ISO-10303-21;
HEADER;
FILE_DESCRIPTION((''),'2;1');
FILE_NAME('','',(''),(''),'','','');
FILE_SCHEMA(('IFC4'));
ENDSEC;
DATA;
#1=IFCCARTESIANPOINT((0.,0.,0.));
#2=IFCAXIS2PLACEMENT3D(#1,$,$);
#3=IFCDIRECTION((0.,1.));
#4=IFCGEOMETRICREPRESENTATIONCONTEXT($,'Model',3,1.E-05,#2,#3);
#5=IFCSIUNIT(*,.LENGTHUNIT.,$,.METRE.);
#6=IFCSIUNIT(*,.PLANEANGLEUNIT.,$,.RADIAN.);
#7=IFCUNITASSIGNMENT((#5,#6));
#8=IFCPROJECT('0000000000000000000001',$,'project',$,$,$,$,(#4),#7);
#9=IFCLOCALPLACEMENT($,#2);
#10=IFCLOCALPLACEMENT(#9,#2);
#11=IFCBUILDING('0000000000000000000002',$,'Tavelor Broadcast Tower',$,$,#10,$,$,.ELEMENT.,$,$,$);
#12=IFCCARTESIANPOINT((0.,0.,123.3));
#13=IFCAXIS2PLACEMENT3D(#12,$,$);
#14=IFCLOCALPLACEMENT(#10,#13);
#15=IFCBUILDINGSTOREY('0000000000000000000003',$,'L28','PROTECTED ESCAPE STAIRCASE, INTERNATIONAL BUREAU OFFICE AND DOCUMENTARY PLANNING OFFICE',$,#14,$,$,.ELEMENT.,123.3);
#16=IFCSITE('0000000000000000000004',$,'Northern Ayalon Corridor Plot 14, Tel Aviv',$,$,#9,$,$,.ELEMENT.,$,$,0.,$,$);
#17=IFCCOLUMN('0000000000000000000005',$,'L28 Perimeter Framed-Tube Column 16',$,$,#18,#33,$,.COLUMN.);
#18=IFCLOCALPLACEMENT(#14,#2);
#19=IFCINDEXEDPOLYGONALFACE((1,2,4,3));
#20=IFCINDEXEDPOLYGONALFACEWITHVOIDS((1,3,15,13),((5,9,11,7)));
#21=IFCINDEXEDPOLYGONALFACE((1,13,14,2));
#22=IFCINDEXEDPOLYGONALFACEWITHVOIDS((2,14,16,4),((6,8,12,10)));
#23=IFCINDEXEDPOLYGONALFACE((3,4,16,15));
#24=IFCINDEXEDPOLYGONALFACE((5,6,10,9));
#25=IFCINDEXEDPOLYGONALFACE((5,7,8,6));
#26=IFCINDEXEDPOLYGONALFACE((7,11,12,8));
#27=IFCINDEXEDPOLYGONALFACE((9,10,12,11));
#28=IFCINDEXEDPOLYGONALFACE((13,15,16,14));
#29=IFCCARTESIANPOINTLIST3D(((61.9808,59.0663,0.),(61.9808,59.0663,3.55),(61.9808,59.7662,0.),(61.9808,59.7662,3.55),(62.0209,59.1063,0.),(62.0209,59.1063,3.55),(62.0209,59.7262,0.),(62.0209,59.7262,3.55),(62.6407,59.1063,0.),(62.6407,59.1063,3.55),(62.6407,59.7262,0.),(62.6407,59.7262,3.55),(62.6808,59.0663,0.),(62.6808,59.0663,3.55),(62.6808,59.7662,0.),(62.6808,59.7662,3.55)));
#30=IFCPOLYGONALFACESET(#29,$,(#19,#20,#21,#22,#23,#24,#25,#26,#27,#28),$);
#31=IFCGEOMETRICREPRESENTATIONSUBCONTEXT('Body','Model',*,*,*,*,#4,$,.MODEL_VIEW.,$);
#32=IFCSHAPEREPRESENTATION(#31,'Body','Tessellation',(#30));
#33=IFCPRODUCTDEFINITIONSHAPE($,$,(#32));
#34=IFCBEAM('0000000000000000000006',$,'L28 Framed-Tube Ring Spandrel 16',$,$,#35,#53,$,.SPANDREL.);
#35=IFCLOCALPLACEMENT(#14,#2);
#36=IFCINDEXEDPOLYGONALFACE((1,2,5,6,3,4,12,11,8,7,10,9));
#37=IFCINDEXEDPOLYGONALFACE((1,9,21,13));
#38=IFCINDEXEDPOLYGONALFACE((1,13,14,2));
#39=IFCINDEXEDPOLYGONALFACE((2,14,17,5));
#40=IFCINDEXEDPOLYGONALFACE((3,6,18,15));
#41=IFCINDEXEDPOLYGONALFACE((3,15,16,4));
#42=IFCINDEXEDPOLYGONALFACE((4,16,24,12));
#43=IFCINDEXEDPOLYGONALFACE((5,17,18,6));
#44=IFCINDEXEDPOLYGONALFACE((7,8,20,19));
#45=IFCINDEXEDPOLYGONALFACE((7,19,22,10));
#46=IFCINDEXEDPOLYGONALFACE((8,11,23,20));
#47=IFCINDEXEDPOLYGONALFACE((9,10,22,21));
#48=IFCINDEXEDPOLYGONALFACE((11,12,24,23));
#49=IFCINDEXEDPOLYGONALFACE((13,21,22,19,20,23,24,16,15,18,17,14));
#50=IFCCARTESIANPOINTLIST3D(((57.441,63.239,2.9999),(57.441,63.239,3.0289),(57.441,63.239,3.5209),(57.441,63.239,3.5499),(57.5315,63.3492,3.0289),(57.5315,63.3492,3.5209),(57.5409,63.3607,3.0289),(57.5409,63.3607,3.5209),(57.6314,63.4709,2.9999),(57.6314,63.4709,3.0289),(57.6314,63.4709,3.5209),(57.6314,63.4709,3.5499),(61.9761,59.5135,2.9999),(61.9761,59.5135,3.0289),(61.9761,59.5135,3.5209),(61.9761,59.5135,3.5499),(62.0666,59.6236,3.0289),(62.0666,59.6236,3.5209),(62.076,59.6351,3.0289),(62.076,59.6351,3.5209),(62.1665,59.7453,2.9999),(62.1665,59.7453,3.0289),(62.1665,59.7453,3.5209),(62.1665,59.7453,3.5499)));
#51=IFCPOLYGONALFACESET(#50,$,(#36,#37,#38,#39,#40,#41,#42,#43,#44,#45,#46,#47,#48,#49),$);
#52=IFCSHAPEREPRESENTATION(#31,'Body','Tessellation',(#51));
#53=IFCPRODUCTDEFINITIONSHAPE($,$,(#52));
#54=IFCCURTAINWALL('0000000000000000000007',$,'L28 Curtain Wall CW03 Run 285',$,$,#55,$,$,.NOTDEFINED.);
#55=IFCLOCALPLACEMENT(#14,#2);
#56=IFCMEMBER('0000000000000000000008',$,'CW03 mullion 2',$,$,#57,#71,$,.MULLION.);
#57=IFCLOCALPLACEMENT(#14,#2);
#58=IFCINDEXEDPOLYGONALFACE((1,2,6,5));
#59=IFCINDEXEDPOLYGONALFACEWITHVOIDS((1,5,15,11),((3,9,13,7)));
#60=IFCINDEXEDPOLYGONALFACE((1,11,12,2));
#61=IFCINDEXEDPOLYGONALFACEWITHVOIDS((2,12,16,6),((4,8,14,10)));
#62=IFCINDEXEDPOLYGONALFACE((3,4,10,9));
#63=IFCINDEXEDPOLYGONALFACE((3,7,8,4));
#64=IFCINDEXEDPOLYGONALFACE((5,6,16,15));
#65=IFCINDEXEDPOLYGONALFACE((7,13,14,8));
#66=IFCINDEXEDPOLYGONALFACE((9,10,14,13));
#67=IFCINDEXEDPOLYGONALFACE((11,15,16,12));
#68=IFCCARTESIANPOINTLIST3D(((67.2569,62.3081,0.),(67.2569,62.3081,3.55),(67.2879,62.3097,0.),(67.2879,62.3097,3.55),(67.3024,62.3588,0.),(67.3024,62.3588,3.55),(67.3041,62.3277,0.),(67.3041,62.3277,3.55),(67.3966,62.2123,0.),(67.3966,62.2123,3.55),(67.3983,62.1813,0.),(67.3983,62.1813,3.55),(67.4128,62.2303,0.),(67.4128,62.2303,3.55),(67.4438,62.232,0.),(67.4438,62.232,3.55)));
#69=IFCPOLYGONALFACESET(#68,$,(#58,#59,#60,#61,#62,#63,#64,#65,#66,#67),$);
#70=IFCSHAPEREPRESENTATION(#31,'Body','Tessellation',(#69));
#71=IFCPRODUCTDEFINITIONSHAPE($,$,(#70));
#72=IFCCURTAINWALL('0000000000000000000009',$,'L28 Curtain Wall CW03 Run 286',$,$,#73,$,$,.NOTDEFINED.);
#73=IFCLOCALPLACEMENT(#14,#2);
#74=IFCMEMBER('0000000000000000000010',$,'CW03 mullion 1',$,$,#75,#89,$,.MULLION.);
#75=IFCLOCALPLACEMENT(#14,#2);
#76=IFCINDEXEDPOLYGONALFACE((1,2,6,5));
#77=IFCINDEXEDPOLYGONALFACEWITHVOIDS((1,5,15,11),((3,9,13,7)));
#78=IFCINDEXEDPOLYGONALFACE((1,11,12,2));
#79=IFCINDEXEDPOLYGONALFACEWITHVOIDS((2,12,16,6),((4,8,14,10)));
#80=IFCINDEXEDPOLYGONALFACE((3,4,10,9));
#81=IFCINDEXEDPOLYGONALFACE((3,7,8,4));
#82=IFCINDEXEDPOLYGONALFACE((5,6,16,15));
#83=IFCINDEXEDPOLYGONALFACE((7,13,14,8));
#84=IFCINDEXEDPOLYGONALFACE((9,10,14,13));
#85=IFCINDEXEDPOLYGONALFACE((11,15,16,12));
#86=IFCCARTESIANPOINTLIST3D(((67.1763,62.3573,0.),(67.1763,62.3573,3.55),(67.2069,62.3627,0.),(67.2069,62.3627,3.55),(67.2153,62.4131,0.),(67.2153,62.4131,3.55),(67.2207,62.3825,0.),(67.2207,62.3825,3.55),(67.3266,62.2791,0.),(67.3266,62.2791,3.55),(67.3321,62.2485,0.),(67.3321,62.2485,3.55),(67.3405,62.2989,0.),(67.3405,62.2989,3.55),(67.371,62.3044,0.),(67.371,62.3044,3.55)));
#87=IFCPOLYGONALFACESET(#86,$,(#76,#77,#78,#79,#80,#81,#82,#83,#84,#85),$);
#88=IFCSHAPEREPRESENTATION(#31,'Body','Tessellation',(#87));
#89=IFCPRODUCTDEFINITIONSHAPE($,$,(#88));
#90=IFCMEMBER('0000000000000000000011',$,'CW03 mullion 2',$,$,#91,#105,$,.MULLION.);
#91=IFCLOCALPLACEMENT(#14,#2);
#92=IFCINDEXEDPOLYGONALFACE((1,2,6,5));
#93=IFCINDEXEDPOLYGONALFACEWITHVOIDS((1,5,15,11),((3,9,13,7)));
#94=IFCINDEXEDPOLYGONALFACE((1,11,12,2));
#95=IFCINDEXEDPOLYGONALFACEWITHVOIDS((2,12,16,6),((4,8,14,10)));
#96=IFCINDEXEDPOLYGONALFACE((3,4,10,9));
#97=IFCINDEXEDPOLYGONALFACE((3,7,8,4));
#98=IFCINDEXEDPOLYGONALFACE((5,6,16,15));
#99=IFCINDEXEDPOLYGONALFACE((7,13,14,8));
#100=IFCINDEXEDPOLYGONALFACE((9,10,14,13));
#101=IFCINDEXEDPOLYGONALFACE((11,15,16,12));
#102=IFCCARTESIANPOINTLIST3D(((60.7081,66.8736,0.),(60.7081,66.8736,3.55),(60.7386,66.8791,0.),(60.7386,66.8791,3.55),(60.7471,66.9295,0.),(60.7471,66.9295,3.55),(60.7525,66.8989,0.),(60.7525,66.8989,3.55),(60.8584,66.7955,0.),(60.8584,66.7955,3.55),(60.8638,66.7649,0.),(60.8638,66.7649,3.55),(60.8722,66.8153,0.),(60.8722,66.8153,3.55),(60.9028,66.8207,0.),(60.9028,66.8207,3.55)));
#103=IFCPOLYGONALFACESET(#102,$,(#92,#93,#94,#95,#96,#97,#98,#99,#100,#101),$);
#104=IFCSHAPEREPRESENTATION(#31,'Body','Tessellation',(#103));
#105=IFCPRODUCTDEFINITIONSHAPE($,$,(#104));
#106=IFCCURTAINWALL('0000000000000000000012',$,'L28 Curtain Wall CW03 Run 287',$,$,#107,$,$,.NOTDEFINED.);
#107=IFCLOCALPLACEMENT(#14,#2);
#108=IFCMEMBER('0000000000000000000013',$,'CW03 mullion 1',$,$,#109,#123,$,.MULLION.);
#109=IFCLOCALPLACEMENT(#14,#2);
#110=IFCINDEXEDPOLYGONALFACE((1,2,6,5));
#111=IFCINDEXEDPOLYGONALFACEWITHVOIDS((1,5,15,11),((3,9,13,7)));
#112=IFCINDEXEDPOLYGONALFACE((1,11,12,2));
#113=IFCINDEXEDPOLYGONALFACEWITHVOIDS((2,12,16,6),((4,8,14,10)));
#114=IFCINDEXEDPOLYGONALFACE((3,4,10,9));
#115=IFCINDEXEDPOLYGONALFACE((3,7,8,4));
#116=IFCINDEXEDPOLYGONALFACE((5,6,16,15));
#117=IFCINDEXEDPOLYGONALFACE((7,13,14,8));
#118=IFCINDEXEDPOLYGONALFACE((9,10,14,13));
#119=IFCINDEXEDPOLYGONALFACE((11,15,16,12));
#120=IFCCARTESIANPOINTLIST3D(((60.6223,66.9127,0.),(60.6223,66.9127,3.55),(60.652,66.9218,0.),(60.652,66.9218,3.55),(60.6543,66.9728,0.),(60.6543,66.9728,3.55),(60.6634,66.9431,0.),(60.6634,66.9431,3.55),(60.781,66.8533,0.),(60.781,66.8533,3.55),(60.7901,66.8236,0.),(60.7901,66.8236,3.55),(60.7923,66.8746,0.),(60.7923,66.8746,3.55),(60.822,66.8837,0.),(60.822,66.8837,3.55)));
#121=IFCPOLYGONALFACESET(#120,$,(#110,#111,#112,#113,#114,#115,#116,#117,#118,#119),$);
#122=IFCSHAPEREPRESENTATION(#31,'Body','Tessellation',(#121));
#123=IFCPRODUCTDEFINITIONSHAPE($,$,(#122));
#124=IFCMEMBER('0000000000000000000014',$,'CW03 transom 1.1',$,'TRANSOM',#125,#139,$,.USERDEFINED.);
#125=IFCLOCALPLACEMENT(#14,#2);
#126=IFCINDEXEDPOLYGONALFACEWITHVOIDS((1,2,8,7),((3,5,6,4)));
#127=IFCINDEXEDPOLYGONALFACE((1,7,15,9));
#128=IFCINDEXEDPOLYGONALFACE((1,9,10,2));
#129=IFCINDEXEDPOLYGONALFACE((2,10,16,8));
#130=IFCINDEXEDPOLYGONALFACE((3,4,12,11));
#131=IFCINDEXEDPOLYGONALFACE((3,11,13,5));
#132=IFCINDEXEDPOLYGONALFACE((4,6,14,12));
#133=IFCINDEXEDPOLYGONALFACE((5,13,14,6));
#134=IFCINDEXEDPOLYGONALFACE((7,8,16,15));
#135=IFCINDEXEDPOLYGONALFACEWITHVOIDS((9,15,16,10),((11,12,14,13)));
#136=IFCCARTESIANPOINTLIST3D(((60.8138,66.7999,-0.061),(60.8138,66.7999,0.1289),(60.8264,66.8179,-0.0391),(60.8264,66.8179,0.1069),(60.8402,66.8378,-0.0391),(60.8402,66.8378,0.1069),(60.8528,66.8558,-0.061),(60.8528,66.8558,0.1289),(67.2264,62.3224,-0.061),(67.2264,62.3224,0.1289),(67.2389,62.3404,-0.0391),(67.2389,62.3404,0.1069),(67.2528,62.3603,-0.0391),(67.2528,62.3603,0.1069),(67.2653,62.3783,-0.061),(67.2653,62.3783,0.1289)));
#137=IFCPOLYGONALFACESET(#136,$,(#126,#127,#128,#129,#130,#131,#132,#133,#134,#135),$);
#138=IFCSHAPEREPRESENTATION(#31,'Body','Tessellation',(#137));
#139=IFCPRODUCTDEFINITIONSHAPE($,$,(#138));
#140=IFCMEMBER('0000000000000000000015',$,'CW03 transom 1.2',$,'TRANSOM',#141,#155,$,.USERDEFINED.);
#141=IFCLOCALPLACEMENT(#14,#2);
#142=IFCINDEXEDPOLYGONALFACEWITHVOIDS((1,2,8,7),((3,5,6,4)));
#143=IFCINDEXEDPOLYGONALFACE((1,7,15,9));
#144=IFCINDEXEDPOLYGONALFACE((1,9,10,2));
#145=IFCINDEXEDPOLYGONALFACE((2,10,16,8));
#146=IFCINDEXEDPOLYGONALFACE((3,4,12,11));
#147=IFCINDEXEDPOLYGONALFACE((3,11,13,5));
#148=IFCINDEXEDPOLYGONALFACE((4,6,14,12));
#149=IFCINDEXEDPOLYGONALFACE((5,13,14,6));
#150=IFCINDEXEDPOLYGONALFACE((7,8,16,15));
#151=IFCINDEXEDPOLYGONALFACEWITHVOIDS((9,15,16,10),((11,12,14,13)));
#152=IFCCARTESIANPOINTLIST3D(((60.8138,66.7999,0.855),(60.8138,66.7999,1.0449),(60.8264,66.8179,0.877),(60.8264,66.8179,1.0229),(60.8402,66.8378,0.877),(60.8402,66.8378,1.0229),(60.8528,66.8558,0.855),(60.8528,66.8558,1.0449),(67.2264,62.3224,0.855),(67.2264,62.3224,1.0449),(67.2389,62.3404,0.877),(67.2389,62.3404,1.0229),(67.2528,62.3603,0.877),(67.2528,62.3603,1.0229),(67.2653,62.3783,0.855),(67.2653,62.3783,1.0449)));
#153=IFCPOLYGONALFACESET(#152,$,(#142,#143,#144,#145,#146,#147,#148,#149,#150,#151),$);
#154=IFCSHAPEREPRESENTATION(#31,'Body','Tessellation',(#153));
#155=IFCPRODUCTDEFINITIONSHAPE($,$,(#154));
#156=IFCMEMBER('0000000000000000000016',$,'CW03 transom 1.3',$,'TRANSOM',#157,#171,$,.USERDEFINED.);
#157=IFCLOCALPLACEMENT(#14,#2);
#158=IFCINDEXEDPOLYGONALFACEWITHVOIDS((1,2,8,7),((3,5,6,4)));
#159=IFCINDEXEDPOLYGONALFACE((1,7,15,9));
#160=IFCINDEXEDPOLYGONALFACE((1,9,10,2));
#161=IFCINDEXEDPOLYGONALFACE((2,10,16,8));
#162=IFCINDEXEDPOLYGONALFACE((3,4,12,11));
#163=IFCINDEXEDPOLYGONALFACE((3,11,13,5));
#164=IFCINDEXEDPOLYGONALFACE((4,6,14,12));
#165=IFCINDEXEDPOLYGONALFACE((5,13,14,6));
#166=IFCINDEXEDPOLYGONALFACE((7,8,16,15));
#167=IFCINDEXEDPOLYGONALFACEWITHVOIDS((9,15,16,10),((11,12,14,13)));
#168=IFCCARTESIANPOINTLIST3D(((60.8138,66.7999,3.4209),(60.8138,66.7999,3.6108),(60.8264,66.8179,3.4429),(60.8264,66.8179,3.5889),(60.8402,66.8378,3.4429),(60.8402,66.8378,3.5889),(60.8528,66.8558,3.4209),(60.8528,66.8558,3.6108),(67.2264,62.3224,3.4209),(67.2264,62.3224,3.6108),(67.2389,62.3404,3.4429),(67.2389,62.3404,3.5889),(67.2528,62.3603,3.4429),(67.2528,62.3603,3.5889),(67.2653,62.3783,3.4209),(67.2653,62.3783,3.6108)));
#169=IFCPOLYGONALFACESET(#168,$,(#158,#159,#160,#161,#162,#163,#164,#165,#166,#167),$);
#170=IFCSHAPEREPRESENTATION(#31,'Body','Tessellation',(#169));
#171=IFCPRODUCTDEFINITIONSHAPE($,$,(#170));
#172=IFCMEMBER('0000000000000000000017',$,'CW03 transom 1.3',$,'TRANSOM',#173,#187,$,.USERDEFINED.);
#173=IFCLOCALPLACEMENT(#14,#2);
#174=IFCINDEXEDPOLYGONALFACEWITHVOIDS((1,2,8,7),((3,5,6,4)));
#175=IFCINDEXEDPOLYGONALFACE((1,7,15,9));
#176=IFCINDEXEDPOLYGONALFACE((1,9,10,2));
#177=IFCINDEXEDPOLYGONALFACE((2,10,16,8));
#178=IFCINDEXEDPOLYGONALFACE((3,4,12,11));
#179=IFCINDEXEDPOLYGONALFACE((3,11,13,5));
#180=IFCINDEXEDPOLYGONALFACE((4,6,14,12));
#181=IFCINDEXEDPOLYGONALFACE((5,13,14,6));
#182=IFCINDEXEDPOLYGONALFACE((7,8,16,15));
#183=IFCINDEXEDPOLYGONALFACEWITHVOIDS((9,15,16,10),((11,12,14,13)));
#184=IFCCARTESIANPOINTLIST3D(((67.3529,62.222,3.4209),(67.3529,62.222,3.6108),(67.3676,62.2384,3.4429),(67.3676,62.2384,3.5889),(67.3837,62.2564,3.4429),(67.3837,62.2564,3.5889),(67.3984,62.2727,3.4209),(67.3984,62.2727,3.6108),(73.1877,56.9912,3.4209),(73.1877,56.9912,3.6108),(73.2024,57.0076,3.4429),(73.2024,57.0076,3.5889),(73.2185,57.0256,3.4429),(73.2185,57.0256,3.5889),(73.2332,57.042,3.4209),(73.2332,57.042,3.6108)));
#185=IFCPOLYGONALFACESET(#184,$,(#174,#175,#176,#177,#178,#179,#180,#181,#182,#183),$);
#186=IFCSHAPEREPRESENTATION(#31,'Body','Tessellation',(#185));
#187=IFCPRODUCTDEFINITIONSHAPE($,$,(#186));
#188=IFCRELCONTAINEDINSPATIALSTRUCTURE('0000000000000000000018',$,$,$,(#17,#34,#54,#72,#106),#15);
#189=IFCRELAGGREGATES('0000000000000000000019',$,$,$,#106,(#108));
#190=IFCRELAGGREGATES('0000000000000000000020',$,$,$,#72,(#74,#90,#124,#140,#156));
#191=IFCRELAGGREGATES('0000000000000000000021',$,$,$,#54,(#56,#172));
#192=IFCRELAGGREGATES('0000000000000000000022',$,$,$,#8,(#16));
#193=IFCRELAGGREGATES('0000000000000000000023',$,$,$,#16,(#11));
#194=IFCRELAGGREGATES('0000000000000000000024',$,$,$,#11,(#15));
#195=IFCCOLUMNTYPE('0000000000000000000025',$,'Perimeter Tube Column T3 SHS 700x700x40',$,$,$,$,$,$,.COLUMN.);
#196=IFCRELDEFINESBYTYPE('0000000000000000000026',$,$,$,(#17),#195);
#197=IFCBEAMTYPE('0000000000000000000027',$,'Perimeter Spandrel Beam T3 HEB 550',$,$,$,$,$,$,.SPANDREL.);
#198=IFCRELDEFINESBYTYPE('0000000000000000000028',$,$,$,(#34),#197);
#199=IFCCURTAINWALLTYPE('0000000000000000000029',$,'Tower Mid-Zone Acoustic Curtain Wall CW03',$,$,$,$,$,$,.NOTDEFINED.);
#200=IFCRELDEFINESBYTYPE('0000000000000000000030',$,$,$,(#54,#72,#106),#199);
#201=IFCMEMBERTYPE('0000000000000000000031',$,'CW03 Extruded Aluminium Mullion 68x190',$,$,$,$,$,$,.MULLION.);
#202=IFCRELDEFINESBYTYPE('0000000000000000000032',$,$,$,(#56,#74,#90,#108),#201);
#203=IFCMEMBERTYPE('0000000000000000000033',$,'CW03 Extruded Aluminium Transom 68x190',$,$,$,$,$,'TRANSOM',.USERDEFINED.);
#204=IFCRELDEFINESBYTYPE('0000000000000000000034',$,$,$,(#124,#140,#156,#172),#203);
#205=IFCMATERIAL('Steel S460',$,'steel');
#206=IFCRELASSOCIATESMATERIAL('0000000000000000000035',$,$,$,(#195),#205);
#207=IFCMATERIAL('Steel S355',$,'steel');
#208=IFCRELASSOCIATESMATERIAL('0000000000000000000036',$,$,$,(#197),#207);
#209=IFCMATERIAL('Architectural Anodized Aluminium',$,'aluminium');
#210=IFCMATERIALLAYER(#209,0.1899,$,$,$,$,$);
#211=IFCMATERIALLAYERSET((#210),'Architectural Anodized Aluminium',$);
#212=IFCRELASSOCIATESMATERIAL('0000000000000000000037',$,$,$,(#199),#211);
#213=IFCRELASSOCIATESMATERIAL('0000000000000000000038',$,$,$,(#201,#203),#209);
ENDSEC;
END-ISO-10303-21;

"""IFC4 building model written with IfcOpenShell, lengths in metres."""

from ifc_helpers import new_model, si_unit, direction, frame, origin, origin_2d, place, context, subcontext, project, spatial, hollow_rectangle, i_section, extrude, source, transform, mapped, material, layer, layer_set, material_profile, profile_set, type_object, type_shapes, element, aggregate, save


model = new_model("IFC4")

# Units and contexts
model_context = context("Model", 3, precision=1e-05, world=origin(), true_north=direction((0.0, 1.0)))
body_context = subcontext(model_context, "Body", "Model", "MODEL_VIEW")
ifc_project = project(units=[si_unit("LENGTHUNIT", "METRE"), si_unit("PLANEANGLEUNIT", "RADIAN")], contexts=[model_context])

# Site, building, storey
site_placement = place(None, origin())
site = spatial("IfcSite", under=ifc_project, at=site_placement, Name="Northern Ayalon Corridor Plot 14, Tel Aviv", CompositionType="ELEMENT", RefElevation=0.0)
building_placement = place(site_placement, origin())
building = spatial("IfcBuilding", under=site, at=building_placement, Name="Tavelor Broadcast Tower", CompositionType="ELEMENT")
storey_placement = place(building_placement, frame((0.0, 0.0, 123.3)))
storey = spatial("IfcBuildingStorey", under=building, at=storey_placement, Name="L28", Description="PROTECTED ESCAPE STAIRCASE, INTERNATIONAL BUREAU OFFICE AND DOCUMENTARY PLANNING OFFICE", CompositionType="ELEMENT", Elevation=123.3)

# Column
ifc_material_1 = material(Name="Steel S460", Category="steel")
ifc_material_profile_1 = material_profile(ifc_material_1, hollow_rectangle(XDim=0.7, YDim=0.7, WallThickness=0.04, at=origin_2d()), Name="SHS 700x700x40")
ifc_profile_set_1 = profile_set([ifc_material_profile_1], Name="Steel S460")
column_type = type_object("IfcColumnType", Name="Perimeter Tube Column T3 SHS 700x700x40", PredefinedType="COLUMN", material=ifc_profile_set_1)
column_placement = place(storey_placement, frame((62.3308, 59.4163, 0.0), z_axis=(0.0, 0.0, 1.0), x_axis=(1.0, 0.0, 0.0)))
element("IfcColumn", 1, at=column_placement, inside=storey, type_object=column_type, Name="L28 Perimeter Framed-Tube Column 16", PredefinedType="COLUMN", context=body_context, shape_type="SweptSolid", body=[
    extrude(hollow_rectangle(XDim=0.7, YDim=0.7, WallThickness=0.04, at=origin_2d()), origin(), (0.0, 0.0, 1.0), 3.55),
])

# Beam
ifc_material_2 = material(Name="Steel S355", Category="steel")
ifc_material_profile_2 = material_profile(ifc_material_2, i_section(OverallWidth=0.3, OverallDepth=0.55, WebThickness=0.0149, FlangeThickness=0.0291, at=origin_2d()), Name="HEB 550")
ifc_profile_set_2 = profile_set([ifc_material_profile_2], Name="Steel S355")
beam_type = type_object("IfcBeamType", Name="Perimeter Spandrel Beam T3 HEB 550", PredefinedType="SPANDREL", material=ifc_profile_set_2)
beam_placement = place(storey_placement, frame((62.0713, 59.6294, 3.2749), z_axis=(-0.772703, 0.634768, 0.0), x_axis=(-0.634768, -0.772703, 0.0)))
element("IfcBeam", 2, at=beam_placement, inside=storey, type_object=beam_type, Name="L28 Framed-Tube Ring Spandrel 16", PredefinedType="SPANDREL", context=body_context, shape_type="SweptSolid", body=[
    extrude(i_section(OverallWidth=0.3, OverallDepth=0.55, WebThickness=0.0149, FlangeThickness=0.0291, at=origin_2d()), origin(), (0.0, 0.0, 1.0), 5.8691),
])

# Curtain wall, member
ifc_material_3 = material(Name="Architectural Anodized Aluminium", Category="aluminium")
ifc_layer_1 = layer(ifc_material_3, 0.1899)
ifc_layer_set_1 = layer_set([ifc_layer_1], Name="Architectural Anodized Aluminium")
curtain_wall_type = type_object("IfcCurtainWallType", Name="Tower Mid-Zone Acoustic Curtain Wall CW03", PredefinedType="NOTDEFINED", material=ifc_layer_set_1)
curtain_wall_1_placement = place(storey_placement, origin())
curtain_wall_1 = element("IfcCurtainWall", 3, at=curtain_wall_1_placement, inside=storey, type_object=curtain_wall_type, Name="L28 Curtain Wall CW03 Run 285", PredefinedType="NOTDEFINED")
ifc_material_profile_3 = material_profile(ifc_material_3, hollow_rectangle(XDim=0.0681, YDim=0.1899, WallThickness=0.022, at=origin_2d()), Name="RHS 68x190x22")
ifc_profile_set_3 = profile_set([ifc_material_profile_3], Name="Architectural Anodized Aluminium")
member_type_1 = type_object("IfcMemberType", Name="CW03 Extruded Aluminium Mullion 68x190", PredefinedType="MULLION", material=ifc_profile_set_3)
shared_shape_1 = source(origin(), body_context, "Body", "SweptSolid", [
    extrude(hollow_rectangle(XDim=0.0681, YDim=0.1899, WallThickness=0.022, at=origin_2d()), origin(), (0.0, 0.0, 1.0), 3.55),
])
type_shapes(member_type_1, [shared_shape_1])
member_1_placement = place(storey_placement, frame((67.3503, 62.27, 0.0), z_axis=(0.0, 0.0, 1.0), x_axis=(-0.667515, -0.744596, 0.0)))
member_1 = element("IfcMember", 4, at=member_1_placement, type_object=member_type_1, Name="CW03 mullion 2", PredefinedType="MULLION", context=body_context, shape_type="MappedRepresentation", body=[
    mapped(shared_shape_1, transform((0.0, 0.0, 0.0), scale=1.0)),
])

# Curtain wall, members
curtain_wall_2_placement = place(storey_placement, origin())
curtain_wall_2 = element("IfcCurtainWall", 5, at=curtain_wall_2_placement, inside=storey, type_object=curtain_wall_type, Name="L28 Curtain Wall CW03 Run 286", PredefinedType="NOTDEFINED")
member_2_placement = place(storey_placement, frame((67.2737, 62.3308, 0.0), z_axis=(0.0, 0.0, 1.0), x_axis=(-0.5725, -0.819904, 0.0)))
member_2 = element("IfcMember", 6, at=member_2_placement, type_object=member_type_1, Name="CW03 mullion 1", PredefinedType="MULLION", context=body_context, shape_type="MappedRepresentation", body=[
    mapped(shared_shape_1, transform((0.0, 0.0, 0.0), scale=1.0)),
])
member_3_placement = place(storey_placement, frame((60.8054, 66.8472, 0.0), z_axis=(0.0, 0.0, 1.0), x_axis=(-0.5725, -0.819904, 0.0)))
member_3 = element("IfcMember", 7, at=member_3_placement, type_object=member_type_1, Name="CW03 mullion 2", PredefinedType="MULLION", context=body_context, shape_type="MappedRepresentation", body=[
    mapped(shared_shape_1, transform((0.0, 0.0, 0.0), scale=1.0)),
])

# Curtain wall, member
curtain_wall_3_placement = place(storey_placement, origin())
curtain_wall_3 = element("IfcCurtainWall", 8, at=curtain_wall_3_placement, inside=storey, type_object=curtain_wall_type, Name="L28 Curtain Wall CW03 Run 287", PredefinedType="NOTDEFINED")
member_4_placement = place(storey_placement, frame((60.7222, 66.8982, 0.0), z_axis=(0.0, 0.0, 1.0), x_axis=(-0.469066, -0.883163, 0.0)))
member_4 = element("IfcMember", 9, at=member_4_placement, type_object=member_type_1, Name="CW03 mullion 1", PredefinedType="MULLION", context=body_context, shape_type="MappedRepresentation", body=[
    mapped(shared_shape_1, transform((0.0, 0.0, 0.0), scale=1.0)),
])

# Members
ifc_material_profile_4 = material_profile(ifc_material_3, hollow_rectangle(XDim=0.0681, YDim=0.1899, WallThickness=0.022, at=origin_2d()), Name="RHS 68x190x22")
ifc_profile_set_4 = profile_set([ifc_material_profile_4], Name="Architectural Anodized Aluminium")
member_type_2 = type_object("IfcMemberType", Name="CW03 Extruded Aluminium Transom 68x190", ElementType="TRANSOM", PredefinedType="USERDEFINED", material=ifc_profile_set_4)
shared_shape_2 = source(origin(), body_context, "Body", "SweptSolid", [
    extrude(hollow_rectangle(XDim=0.0681, YDim=0.1899, WallThickness=0.022, at=origin_2d()), origin(), (0.0, 0.0, 1.0), 7.821),
])
member_5_placement = place(storey_placement, frame((67.2458, 62.3503, 0.0339), z_axis=(-0.819909, 0.572494, 0.0), x_axis=(-0.572494, -0.819909, 0.0)))
member_5 = element("IfcMember", 10, at=member_5_placement, type_object=member_type_2, Name="CW03 transom 1.1", ObjectType="TRANSOM", PredefinedType="USERDEFINED", context=body_context, shape_type="MappedRepresentation", body=[
    mapped(shared_shape_2, transform((0.0, 0.0, 0.0), scale=1.0)),
])
member_6_placement = place(storey_placement, frame((67.2458, 62.3503, 0.95), z_axis=(-0.819909, 0.572494, 0.0), x_axis=(-0.572494, -0.819909, 0.0)))
member_6 = element("IfcMember", 11, at=member_6_placement, type_object=member_type_2, Name="CW03 transom 1.2", ObjectType="TRANSOM", PredefinedType="USERDEFINED", context=body_context, shape_type="MappedRepresentation", body=[
    mapped(shared_shape_2, transform((0.0, 0.0, 0.0), scale=1.0)),
])
member_7_placement = place(storey_placement, frame((67.2458, 62.3503, 3.5159), z_axis=(-0.819909, 0.572494, 0.0), x_axis=(-0.572494, -0.819909, 0.0)))
member_7 = element("IfcMember", 12, at=member_7_placement, type_object=member_type_2, Name="CW03 transom 1.3", ObjectType="TRANSOM", PredefinedType="USERDEFINED", context=body_context, shape_type="MappedRepresentation", body=[
    mapped(shared_shape_2, transform((0.0, 0.0, 0.0), scale=1.0)),
])
shared_shape_3 = source(origin(), body_context, "Body", "SweptSolid", [
    extrude(hollow_rectangle(XDim=0.0681, YDim=0.1899, WallThickness=0.022, at=origin_2d()), origin(), (0.0, 0.0, 1.0), 7.8362),
])
member_8_placement = place(storey_placement, frame((73.2104, 57.0166, 3.5159), z_axis=(-0.744596, 0.667516, 0.0), x_axis=(-0.667516, -0.744596, 0.0)))
member_8 = element("IfcMember", 13, at=member_8_placement, type_object=member_type_2, Name="CW03 transom 1.3", ObjectType="TRANSOM", PredefinedType="USERDEFINED", context=body_context, shape_type="MappedRepresentation", body=[
    mapped(shared_shape_3, transform((0.0, 0.0, 0.0), scale=1.0)),
])
aggregate(curtain_wall_3, [member_4])

aggregate(curtain_wall_2, [member_2, member_3, member_5, member_6, member_7])
aggregate(curtain_wall_1, [member_1, member_8])

save(model, "model.ifc")
